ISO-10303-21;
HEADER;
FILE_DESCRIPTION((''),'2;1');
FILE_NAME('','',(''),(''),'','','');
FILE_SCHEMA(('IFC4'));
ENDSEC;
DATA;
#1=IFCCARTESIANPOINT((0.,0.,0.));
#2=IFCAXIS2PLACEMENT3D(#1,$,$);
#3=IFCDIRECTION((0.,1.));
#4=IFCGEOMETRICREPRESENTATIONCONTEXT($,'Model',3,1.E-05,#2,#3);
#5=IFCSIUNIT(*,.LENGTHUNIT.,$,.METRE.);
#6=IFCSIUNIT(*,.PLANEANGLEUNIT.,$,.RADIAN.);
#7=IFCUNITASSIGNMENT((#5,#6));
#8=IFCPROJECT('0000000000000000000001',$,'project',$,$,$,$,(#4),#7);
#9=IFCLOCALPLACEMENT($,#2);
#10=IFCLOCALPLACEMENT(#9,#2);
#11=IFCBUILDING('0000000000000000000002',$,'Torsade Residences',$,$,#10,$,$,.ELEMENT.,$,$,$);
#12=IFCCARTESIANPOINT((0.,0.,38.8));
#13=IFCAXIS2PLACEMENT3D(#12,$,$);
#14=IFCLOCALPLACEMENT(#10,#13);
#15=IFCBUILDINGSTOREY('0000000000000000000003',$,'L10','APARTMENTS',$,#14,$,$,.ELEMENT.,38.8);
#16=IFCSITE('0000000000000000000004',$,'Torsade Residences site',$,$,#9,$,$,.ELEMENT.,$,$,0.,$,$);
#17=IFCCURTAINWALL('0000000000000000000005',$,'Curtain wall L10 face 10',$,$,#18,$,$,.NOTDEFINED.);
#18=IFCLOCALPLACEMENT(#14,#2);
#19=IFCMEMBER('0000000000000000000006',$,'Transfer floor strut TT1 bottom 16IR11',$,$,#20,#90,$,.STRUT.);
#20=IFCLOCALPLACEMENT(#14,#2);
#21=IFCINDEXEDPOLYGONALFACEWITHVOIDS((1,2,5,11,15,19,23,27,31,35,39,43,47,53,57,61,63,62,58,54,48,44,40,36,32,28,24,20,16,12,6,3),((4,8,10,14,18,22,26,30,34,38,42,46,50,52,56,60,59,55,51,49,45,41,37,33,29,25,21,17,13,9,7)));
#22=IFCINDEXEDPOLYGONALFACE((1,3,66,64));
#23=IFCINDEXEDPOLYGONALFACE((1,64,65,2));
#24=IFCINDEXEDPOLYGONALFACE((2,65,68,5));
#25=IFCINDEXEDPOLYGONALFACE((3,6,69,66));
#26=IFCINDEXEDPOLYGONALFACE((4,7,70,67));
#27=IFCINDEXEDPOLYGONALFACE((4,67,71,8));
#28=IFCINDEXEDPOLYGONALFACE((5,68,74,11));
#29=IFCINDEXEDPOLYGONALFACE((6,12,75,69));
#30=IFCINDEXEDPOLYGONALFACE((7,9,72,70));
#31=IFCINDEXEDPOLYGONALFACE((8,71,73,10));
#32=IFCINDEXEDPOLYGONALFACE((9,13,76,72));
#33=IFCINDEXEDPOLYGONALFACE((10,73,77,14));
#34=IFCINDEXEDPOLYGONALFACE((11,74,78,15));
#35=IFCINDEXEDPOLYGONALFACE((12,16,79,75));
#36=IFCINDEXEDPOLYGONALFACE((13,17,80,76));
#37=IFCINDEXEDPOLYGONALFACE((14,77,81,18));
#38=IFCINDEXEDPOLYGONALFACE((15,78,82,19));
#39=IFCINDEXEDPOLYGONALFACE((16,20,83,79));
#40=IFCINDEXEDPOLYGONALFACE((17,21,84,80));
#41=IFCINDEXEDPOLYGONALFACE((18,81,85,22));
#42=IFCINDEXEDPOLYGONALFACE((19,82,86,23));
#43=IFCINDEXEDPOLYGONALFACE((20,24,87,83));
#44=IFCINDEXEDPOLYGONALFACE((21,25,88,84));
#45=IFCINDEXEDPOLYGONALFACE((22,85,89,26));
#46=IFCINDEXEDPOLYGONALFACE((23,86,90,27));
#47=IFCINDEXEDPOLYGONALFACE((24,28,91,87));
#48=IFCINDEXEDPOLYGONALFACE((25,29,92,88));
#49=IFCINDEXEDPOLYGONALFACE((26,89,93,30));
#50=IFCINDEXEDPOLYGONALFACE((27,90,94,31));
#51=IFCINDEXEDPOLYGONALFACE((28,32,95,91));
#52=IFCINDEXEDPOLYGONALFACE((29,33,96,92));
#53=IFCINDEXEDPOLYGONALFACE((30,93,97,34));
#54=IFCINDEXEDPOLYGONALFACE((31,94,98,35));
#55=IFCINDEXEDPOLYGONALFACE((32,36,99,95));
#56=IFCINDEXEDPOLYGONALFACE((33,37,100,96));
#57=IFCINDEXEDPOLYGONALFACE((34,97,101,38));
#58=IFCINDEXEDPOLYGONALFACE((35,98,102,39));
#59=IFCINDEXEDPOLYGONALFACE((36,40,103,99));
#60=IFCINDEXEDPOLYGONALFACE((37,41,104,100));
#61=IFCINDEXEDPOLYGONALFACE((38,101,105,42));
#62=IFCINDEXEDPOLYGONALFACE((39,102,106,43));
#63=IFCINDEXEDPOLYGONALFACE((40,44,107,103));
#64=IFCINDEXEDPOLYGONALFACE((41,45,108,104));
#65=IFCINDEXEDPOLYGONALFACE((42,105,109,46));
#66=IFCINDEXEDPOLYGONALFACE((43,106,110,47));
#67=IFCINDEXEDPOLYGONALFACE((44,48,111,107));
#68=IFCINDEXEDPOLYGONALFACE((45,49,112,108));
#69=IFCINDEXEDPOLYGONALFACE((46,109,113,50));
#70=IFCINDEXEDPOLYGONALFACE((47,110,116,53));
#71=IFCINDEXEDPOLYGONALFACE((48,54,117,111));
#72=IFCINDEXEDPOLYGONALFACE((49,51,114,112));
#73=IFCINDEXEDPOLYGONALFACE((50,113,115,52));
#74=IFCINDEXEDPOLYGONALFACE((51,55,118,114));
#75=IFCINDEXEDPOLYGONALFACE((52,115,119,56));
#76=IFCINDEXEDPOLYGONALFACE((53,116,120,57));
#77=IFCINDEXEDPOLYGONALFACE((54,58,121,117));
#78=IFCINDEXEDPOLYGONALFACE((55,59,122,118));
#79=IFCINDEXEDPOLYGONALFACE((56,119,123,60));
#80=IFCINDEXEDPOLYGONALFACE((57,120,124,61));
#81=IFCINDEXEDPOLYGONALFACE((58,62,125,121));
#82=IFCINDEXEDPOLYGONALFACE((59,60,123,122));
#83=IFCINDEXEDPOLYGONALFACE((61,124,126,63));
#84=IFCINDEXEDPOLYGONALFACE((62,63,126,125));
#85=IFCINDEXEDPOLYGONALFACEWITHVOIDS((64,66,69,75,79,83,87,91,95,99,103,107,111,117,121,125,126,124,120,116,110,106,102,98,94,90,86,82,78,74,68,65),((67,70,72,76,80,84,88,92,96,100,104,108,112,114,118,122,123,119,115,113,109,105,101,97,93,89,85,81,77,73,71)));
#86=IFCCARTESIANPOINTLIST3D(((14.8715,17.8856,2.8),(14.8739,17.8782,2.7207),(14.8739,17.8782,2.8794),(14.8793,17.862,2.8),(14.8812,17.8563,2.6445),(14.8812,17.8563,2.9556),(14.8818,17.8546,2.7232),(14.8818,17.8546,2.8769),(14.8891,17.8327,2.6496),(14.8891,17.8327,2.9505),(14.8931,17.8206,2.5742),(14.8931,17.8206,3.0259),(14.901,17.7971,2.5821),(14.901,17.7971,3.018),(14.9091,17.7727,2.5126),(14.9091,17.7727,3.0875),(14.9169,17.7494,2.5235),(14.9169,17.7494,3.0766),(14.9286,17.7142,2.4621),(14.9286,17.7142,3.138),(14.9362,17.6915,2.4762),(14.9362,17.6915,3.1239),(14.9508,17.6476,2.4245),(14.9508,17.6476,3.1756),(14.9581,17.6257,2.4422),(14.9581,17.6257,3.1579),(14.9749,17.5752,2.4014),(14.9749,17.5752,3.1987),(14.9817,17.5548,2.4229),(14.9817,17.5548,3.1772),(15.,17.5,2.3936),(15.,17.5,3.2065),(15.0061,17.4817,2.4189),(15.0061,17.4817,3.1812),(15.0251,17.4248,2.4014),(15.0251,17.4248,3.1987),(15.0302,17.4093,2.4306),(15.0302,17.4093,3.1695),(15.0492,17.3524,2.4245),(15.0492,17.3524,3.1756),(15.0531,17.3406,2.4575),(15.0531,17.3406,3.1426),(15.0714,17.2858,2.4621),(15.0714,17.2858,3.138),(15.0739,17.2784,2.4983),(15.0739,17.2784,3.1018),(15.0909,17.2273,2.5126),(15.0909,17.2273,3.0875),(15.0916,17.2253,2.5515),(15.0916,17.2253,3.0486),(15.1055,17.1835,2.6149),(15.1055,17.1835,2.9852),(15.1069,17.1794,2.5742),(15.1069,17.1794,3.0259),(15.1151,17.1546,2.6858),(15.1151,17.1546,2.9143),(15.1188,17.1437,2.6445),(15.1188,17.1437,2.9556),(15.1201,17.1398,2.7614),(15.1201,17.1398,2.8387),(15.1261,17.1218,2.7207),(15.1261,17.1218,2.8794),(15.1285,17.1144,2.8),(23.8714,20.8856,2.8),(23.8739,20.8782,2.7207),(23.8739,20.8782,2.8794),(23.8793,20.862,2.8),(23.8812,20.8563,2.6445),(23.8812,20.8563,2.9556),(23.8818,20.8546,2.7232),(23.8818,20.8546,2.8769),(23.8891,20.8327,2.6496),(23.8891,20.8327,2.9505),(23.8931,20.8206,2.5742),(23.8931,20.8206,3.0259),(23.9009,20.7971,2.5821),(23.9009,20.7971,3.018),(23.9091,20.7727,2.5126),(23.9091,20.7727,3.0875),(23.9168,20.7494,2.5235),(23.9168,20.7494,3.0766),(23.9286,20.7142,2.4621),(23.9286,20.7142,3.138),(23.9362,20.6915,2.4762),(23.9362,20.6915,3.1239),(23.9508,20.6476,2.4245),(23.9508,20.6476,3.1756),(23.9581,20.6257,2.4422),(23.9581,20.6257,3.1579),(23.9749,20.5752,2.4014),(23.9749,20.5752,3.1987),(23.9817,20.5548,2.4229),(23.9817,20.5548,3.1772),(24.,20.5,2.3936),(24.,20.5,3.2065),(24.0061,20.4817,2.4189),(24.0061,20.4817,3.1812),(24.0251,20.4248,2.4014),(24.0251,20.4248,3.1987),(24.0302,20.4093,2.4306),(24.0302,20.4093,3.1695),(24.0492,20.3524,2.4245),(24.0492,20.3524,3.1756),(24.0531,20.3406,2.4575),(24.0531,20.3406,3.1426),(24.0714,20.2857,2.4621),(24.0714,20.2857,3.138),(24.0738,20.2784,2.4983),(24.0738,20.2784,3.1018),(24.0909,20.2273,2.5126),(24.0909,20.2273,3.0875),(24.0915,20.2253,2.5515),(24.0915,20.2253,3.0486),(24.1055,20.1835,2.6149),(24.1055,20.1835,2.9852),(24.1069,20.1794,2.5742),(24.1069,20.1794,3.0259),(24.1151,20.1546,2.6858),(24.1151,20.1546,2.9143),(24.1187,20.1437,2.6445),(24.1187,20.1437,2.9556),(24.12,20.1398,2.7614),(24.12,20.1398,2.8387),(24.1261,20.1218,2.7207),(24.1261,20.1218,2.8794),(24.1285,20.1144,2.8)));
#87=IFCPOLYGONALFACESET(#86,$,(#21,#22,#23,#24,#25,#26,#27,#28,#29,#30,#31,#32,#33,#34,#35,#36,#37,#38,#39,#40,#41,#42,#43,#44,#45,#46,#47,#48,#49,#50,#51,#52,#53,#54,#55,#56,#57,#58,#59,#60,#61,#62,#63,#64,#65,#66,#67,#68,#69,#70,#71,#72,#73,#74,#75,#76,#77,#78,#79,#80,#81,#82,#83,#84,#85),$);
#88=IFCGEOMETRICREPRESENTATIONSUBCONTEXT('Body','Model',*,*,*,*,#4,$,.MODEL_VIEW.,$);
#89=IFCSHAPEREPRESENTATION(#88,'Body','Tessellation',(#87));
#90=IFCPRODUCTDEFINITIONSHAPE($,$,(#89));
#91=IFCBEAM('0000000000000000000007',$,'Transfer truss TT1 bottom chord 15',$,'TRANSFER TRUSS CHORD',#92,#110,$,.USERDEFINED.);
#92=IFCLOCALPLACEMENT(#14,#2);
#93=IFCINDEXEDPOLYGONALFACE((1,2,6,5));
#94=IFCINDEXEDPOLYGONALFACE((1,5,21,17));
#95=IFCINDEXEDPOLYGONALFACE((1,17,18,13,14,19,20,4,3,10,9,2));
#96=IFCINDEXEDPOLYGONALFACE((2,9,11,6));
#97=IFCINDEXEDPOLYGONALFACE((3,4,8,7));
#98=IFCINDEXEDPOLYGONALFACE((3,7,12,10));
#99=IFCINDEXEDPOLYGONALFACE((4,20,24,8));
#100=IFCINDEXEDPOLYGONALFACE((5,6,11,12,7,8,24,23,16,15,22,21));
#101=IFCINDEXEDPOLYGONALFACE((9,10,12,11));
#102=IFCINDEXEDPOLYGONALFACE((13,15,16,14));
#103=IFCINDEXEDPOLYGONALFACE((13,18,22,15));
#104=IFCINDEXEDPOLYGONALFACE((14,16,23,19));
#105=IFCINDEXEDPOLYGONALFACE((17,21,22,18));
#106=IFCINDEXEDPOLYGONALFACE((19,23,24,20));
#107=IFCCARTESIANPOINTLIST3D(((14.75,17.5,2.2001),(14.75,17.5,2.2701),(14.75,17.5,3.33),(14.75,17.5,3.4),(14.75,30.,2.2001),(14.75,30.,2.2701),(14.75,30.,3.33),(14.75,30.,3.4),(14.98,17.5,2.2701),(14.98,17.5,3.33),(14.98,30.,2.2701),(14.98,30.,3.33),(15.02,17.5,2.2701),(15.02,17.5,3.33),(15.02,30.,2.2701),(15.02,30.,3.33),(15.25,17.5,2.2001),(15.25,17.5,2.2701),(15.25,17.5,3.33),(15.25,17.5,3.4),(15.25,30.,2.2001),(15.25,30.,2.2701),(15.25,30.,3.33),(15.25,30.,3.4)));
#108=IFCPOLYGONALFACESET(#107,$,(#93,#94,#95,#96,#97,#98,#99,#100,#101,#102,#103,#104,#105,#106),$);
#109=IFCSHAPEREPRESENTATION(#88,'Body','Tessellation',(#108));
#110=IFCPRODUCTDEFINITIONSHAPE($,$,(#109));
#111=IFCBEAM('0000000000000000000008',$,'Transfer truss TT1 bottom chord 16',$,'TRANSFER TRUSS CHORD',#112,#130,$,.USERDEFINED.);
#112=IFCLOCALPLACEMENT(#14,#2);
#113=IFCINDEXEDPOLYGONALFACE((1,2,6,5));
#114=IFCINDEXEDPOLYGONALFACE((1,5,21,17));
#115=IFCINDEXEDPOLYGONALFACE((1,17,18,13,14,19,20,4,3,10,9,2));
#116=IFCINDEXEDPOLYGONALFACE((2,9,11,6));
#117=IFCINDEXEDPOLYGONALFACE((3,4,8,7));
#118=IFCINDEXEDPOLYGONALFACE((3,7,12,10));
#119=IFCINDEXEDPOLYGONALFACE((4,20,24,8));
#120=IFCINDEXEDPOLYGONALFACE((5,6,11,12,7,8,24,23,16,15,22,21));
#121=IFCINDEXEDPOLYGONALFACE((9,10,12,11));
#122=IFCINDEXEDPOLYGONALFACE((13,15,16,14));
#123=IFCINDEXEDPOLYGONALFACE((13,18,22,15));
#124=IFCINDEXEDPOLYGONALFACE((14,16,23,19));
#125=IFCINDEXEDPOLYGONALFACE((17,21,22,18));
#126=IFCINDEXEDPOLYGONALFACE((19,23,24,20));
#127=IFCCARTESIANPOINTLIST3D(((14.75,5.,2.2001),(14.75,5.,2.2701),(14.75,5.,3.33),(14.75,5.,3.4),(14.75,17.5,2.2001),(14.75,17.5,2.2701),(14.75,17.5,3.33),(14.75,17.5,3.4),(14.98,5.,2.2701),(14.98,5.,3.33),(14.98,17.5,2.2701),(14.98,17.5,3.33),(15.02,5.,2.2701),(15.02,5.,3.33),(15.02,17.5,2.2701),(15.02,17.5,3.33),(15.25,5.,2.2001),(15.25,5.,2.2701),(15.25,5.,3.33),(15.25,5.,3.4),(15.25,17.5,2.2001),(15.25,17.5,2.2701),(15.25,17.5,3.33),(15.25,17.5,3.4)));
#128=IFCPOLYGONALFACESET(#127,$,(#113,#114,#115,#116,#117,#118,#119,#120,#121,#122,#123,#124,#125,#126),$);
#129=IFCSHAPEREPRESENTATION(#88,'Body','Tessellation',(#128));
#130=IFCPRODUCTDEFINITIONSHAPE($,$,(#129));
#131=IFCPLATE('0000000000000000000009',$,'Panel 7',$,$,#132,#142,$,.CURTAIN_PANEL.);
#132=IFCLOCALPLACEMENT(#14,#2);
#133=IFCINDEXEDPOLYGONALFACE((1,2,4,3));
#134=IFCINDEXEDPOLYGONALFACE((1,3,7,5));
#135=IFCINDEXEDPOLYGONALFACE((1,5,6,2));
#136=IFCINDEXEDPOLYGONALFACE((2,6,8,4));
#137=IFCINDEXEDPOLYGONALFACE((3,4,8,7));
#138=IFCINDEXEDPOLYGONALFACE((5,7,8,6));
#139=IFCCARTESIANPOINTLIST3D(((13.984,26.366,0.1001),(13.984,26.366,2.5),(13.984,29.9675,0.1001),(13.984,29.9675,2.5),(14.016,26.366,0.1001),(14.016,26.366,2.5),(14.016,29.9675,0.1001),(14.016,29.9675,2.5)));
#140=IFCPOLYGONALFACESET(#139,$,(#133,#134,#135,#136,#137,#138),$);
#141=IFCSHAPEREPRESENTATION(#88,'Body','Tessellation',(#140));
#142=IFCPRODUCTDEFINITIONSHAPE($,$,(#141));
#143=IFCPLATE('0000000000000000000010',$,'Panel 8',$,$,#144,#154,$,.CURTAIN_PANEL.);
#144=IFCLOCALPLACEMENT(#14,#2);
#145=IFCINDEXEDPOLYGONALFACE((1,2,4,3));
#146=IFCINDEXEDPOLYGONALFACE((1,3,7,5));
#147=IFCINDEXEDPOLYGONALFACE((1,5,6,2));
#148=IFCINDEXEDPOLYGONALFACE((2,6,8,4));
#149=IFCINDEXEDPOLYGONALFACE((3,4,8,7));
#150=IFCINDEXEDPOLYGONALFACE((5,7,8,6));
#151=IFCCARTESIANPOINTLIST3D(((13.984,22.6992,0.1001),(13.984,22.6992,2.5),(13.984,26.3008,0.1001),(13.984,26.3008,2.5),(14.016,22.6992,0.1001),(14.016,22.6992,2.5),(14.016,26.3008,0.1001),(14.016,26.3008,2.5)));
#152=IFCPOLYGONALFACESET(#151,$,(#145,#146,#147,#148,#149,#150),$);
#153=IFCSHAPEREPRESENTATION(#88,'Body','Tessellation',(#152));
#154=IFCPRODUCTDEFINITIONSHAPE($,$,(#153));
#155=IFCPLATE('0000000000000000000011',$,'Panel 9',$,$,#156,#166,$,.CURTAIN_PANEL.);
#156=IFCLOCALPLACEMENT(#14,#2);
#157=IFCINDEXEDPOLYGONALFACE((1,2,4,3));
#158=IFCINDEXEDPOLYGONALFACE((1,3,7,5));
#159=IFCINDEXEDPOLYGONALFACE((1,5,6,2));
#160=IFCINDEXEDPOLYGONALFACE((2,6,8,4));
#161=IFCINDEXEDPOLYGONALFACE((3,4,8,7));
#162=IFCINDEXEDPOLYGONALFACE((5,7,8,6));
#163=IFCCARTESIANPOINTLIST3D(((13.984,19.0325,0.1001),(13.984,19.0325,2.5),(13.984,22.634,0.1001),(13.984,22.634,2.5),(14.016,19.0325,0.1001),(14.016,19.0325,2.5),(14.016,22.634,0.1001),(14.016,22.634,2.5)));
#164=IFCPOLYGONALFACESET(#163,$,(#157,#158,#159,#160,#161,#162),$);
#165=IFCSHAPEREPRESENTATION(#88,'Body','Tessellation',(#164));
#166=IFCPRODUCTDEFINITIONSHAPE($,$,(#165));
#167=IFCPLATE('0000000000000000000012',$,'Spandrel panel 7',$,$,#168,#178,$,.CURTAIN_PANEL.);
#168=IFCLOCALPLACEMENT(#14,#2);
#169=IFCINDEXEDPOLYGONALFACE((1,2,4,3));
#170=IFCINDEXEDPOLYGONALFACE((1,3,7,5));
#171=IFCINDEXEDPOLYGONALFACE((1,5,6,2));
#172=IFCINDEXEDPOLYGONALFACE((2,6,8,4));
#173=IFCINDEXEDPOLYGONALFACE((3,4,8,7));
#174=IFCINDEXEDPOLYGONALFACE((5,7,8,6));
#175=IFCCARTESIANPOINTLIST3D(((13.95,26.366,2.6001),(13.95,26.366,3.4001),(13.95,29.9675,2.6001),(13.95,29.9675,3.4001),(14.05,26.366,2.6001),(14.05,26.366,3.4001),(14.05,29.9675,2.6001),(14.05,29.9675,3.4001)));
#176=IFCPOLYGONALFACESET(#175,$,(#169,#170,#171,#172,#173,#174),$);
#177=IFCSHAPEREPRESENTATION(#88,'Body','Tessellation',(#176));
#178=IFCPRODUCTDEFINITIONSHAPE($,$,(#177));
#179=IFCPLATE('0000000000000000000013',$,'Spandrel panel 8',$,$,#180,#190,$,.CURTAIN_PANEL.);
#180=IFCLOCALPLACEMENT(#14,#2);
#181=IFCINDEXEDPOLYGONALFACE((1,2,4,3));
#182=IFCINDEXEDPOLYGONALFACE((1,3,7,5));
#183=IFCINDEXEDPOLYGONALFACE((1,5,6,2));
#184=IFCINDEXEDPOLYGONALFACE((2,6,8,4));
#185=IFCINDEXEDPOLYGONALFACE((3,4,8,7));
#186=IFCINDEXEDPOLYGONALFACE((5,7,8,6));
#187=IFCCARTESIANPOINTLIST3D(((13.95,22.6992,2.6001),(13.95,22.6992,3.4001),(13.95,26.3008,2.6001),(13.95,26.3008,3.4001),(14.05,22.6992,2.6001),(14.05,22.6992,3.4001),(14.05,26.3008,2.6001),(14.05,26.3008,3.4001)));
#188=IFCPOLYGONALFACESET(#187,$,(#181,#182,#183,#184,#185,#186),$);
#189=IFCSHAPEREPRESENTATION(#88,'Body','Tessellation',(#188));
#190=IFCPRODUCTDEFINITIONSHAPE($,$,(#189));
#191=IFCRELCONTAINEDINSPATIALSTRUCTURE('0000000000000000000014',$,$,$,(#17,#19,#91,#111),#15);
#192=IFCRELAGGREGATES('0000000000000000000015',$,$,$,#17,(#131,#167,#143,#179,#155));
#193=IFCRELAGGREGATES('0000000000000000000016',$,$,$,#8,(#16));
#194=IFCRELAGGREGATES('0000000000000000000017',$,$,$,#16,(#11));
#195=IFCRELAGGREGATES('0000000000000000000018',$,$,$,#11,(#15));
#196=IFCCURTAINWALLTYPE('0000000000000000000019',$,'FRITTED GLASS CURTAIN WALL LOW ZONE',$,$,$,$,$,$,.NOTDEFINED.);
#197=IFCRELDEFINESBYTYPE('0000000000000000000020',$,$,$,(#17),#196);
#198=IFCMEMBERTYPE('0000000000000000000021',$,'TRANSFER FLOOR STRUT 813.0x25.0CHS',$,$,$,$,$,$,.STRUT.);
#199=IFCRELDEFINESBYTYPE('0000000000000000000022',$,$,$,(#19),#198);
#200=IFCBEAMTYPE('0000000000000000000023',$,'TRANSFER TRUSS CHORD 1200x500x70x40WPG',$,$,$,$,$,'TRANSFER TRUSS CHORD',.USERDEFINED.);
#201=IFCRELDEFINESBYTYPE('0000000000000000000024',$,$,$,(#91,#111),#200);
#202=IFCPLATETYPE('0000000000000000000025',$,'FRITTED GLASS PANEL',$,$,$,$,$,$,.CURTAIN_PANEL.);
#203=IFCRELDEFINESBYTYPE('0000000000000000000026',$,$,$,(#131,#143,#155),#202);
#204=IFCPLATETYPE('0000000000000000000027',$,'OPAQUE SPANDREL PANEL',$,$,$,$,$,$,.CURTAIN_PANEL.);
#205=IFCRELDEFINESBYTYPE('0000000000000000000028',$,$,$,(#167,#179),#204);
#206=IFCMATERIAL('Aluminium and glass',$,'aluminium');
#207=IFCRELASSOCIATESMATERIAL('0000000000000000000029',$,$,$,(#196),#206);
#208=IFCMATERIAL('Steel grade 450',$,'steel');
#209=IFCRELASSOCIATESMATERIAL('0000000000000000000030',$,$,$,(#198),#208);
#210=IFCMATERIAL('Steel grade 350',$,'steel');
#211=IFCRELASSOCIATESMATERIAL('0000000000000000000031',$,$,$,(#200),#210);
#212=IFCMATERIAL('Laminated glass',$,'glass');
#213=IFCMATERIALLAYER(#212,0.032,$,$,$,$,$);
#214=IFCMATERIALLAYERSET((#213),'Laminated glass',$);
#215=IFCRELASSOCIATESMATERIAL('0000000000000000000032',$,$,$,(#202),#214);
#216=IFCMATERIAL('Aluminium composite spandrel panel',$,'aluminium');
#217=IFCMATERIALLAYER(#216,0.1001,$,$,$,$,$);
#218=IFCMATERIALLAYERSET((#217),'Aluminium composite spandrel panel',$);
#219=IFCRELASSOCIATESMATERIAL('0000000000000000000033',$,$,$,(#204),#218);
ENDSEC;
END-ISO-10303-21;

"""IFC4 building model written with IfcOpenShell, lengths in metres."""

from ifc_helpers import new_model, si_unit, direction, frame, origin, origin_2d, place, context, subcontext, project, spatial, rectangle, hollow_circle, i_section, extrude, material, layer, layer_set, material_profile, profile_set, type_object, element, aggregate, save


model = new_model("IFC4")

# Units and contexts
model_context = context("Model", 3, precision=1e-05, world=origin(), true_north=direction((0.0, 1.0)))
body_context = subcontext(model_context, "Body", "Model", "MODEL_VIEW")
ifc_project = project(units=[si_unit("LENGTHUNIT", "METRE"), si_unit("PLANEANGLEUNIT", "RADIAN")], contexts=[model_context])

# Site, building, storey
site_placement = place(None, origin())
site = spatial("IfcSite", under=ifc_project, at=site_placement, Name="Torsade Residences site", CompositionType="ELEMENT", RefElevation=0.0)
building_placement = place(site_placement, origin())
building = spatial("IfcBuilding", under=site, at=building_placement, Name="Torsade Residences", CompositionType="ELEMENT")
storey_placement = place(building_placement, frame((0.0, 0.0, 38.8)))
storey = spatial("IfcBuildingStorey", under=building, at=storey_placement, Name="L10", Description="APARTMENTS", CompositionType="ELEMENT", Elevation=38.8)

# Curtain wall
ifc_material_1 = material(Name="Aluminium and glass", Category="aluminium")
curtain_wall_type = type_object("IfcCurtainWallType", Name="FRITTED GLASS CURTAIN WALL LOW ZONE", PredefinedType="NOTDEFINED", material=ifc_material_1)
curtain_wall_placement = place(storey_placement, origin())
curtain_wall = element("IfcCurtainWall", 1, at=curtain_wall_placement, inside=storey, type_object=curtain_wall_type, Name="Curtain wall L10 face 10", PredefinedType="NOTDEFINED")

# Member
ifc_material_2 = material(Name="Steel grade 450", Category="steel")
ifc_material_profile_1 = material_profile(ifc_material_2, hollow_circle(Radius=0.4065, WallThickness=0.0249, at=origin_2d()), Name="813.0x25.0CHS")
ifc_profile_set_1 = profile_set([ifc_material_profile_1], Name="Steel grade 450")
member_type_1 = type_object("IfcMemberType", Name="TRANSFER FLOOR STRUT 813.0x25.0CHS", PredefinedType="STRUT", material=ifc_profile_set_1)
member_1_placement = place(storey_placement, frame((15.0, 17.5, 2.8), z_axis=(0.948683, 0.316228, 0.0), x_axis=(-0.316228, 0.948683, 0.0)))
element("IfcMember", 2, at=member_1_placement, inside=storey, type_object=member_type_1, Name="Transfer floor strut TT1 bottom 16IR11", PredefinedType="STRUT", context=body_context, shape_type="SweptSolid", body=[
    extrude(hollow_circle(Radius=0.4065, WallThickness=0.0249, at=origin_2d()), origin(), (0.0, 0.0, 1.0), 9.4868),
])

# Beams
ifc_material_3 = material(Name="Steel grade 350", Category="steel")
ifc_material_profile_2 = material_profile(ifc_material_3, i_section(OverallWidth=0.5, OverallDepth=1.2, WebThickness=0.04, FlangeThickness=0.0701, at=origin_2d()), Name="1200x500x70x40WPG")
ifc_profile_set_2 = profile_set([ifc_material_profile_2], Name="Steel grade 350")
beam_type_1 = type_object("IfcBeamType", Name="TRANSFER TRUSS CHORD 1200x500x70x40WPG", ElementType="TRANSFER TRUSS CHORD", PredefinedType="USERDEFINED", material=ifc_profile_set_2)
for number, where, z_axis, x_axis, name in (
    (3, (15.0, 30.0, 2.8), (0.0, -1.0, 0.0), (1.0, 0.0, 0.0), "Transfer truss TT1 bottom chord 15"),
    (4, (15.0, 17.5, 2.8), (0.0, -1.0, 0.0), (1.0, 0.0, 0.0), "Transfer truss TT1 bottom chord 16"),
):
    element("IfcBeam", number, at=place(storey_placement, frame(where, z_axis=z_axis, x_axis=x_axis)), inside=storey, type_object=beam_type_1, Name=name, ObjectType="TRANSFER TRUSS CHORD", PredefinedType="USERDEFINED", context=body_context, shape_type="SweptSolid", body=[
        extrude(i_section(OverallWidth=0.5, OverallDepth=1.2, WebThickness=0.04, FlangeThickness=0.0701, at=origin_2d()), origin(), (0.0, 0.0, 1.0), 12.5),
    ])

# Plates
ifc_material_4 = material(Name="Laminated glass", Category="glass")
ifc_layer_1 = layer(ifc_material_4, 0.032)
ifc_layer_set_1 = layer_set([ifc_layer_1], Name="Laminated glass")
plate_type_1 = type_object("IfcPlateType", Name="FRITTED GLASS PANEL", PredefinedType="CURTAIN_PANEL", material=ifc_layer_set_1)
plate_1_placement = place(storey_placement, frame((14.0, 28.1667, 0.1001), z_axis=(0.0, 0.0, 1.0), x_axis=(0.0, -1.0, 0.0)))
plate_1 = element("IfcPlate", 5, at=plate_1_placement, type_object=plate_type_1, Name="Panel 7", PredefinedType="CURTAIN_PANEL", context=body_context, shape_type="SweptSolid", body=[
    extrude(rectangle(XDim=3.6016, YDim=0.032, at=origin_2d()), origin(), (0.0, 0.0, 1.0), 2.3999),
])
plate_2_placement = place(storey_placement, frame((14.0, 24.5, 0.1001), z_axis=(0.0, 0.0, 1.0), x_axis=(0.0, -1.0, 0.0)))
plate_2 = element("IfcPlate", 6, at=plate_2_placement, type_object=plate_type_1, Name="Panel 8", PredefinedType="CURTAIN_PANEL", context=body_context, shape_type="SweptSolid", body=[
    extrude(rectangle(XDim=3.6016, YDim=0.032, at=origin_2d()), origin(), (0.0, 0.0, 1.0), 2.3999),
])
plate_3_placement = place(storey_placement, frame((14.0, 20.8333, 0.1001), z_axis=(0.0, 0.0, 1.0), x_axis=(0.0, -1.0, 0.0)))
plate_3 = element("IfcPlate", 7, at=plate_3_placement, type_object=plate_type_1, Name="Panel 9", PredefinedType="CURTAIN_PANEL", context=body_context, shape_type="SweptSolid", body=[
    extrude(rectangle(XDim=3.6016, YDim=0.032, at=origin_2d()), origin(), (0.0, 0.0, 1.0), 2.3999),
])
ifc_material_5 = material(Name="Aluminium composite spandrel panel", Category="aluminium")
ifc_layer_2 = layer(ifc_material_5, 0.1001)
ifc_layer_set_2 = layer_set([ifc_layer_2], Name="Aluminium composite spandrel panel")
plate_type_2 = type_object("IfcPlateType", Name="OPAQUE SPANDREL PANEL", PredefinedType="CURTAIN_PANEL", material=ifc_layer_set_2)
plate_4_placement = place(storey_placement, frame((14.0, 28.1667, 2.6001), z_axis=(0.0, 0.0, 1.0), x_axis=(0.0, -1.0, 0.0)))
plate_4 = element("IfcPlate", 8, at=plate_4_placement, type_object=plate_type_2, Name="Spandrel panel 7", PredefinedType="CURTAIN_PANEL", context=body_context, shape_type="SweptSolid", body=[
    extrude(rectangle(XDim=3.6016, YDim=0.1001, at=origin_2d()), origin(), (0.0, 0.0, 1.0), 0.8),
])
plate_5_placement = place(storey_placement, frame((14.0, 24.5, 2.6001), z_axis=(0.0, 0.0, 1.0), x_axis=(0.0, -1.0, 0.0)))
plate_5 = element("IfcPlate", 9, at=plate_5_placement, type_object=plate_type_2, Name="Spandrel panel 8", PredefinedType="CURTAIN_PANEL", context=body_context, shape_type="SweptSolid", body=[
    extrude(rectangle(XDim=3.6016, YDim=0.1001, at=origin_2d()), origin(), (0.0, 0.0, 1.0), 0.8),
])
aggregate(curtain_wall, [plate_1, plate_4, plate_2, plate_5, plate_3])

save(model, "model.ifc")
